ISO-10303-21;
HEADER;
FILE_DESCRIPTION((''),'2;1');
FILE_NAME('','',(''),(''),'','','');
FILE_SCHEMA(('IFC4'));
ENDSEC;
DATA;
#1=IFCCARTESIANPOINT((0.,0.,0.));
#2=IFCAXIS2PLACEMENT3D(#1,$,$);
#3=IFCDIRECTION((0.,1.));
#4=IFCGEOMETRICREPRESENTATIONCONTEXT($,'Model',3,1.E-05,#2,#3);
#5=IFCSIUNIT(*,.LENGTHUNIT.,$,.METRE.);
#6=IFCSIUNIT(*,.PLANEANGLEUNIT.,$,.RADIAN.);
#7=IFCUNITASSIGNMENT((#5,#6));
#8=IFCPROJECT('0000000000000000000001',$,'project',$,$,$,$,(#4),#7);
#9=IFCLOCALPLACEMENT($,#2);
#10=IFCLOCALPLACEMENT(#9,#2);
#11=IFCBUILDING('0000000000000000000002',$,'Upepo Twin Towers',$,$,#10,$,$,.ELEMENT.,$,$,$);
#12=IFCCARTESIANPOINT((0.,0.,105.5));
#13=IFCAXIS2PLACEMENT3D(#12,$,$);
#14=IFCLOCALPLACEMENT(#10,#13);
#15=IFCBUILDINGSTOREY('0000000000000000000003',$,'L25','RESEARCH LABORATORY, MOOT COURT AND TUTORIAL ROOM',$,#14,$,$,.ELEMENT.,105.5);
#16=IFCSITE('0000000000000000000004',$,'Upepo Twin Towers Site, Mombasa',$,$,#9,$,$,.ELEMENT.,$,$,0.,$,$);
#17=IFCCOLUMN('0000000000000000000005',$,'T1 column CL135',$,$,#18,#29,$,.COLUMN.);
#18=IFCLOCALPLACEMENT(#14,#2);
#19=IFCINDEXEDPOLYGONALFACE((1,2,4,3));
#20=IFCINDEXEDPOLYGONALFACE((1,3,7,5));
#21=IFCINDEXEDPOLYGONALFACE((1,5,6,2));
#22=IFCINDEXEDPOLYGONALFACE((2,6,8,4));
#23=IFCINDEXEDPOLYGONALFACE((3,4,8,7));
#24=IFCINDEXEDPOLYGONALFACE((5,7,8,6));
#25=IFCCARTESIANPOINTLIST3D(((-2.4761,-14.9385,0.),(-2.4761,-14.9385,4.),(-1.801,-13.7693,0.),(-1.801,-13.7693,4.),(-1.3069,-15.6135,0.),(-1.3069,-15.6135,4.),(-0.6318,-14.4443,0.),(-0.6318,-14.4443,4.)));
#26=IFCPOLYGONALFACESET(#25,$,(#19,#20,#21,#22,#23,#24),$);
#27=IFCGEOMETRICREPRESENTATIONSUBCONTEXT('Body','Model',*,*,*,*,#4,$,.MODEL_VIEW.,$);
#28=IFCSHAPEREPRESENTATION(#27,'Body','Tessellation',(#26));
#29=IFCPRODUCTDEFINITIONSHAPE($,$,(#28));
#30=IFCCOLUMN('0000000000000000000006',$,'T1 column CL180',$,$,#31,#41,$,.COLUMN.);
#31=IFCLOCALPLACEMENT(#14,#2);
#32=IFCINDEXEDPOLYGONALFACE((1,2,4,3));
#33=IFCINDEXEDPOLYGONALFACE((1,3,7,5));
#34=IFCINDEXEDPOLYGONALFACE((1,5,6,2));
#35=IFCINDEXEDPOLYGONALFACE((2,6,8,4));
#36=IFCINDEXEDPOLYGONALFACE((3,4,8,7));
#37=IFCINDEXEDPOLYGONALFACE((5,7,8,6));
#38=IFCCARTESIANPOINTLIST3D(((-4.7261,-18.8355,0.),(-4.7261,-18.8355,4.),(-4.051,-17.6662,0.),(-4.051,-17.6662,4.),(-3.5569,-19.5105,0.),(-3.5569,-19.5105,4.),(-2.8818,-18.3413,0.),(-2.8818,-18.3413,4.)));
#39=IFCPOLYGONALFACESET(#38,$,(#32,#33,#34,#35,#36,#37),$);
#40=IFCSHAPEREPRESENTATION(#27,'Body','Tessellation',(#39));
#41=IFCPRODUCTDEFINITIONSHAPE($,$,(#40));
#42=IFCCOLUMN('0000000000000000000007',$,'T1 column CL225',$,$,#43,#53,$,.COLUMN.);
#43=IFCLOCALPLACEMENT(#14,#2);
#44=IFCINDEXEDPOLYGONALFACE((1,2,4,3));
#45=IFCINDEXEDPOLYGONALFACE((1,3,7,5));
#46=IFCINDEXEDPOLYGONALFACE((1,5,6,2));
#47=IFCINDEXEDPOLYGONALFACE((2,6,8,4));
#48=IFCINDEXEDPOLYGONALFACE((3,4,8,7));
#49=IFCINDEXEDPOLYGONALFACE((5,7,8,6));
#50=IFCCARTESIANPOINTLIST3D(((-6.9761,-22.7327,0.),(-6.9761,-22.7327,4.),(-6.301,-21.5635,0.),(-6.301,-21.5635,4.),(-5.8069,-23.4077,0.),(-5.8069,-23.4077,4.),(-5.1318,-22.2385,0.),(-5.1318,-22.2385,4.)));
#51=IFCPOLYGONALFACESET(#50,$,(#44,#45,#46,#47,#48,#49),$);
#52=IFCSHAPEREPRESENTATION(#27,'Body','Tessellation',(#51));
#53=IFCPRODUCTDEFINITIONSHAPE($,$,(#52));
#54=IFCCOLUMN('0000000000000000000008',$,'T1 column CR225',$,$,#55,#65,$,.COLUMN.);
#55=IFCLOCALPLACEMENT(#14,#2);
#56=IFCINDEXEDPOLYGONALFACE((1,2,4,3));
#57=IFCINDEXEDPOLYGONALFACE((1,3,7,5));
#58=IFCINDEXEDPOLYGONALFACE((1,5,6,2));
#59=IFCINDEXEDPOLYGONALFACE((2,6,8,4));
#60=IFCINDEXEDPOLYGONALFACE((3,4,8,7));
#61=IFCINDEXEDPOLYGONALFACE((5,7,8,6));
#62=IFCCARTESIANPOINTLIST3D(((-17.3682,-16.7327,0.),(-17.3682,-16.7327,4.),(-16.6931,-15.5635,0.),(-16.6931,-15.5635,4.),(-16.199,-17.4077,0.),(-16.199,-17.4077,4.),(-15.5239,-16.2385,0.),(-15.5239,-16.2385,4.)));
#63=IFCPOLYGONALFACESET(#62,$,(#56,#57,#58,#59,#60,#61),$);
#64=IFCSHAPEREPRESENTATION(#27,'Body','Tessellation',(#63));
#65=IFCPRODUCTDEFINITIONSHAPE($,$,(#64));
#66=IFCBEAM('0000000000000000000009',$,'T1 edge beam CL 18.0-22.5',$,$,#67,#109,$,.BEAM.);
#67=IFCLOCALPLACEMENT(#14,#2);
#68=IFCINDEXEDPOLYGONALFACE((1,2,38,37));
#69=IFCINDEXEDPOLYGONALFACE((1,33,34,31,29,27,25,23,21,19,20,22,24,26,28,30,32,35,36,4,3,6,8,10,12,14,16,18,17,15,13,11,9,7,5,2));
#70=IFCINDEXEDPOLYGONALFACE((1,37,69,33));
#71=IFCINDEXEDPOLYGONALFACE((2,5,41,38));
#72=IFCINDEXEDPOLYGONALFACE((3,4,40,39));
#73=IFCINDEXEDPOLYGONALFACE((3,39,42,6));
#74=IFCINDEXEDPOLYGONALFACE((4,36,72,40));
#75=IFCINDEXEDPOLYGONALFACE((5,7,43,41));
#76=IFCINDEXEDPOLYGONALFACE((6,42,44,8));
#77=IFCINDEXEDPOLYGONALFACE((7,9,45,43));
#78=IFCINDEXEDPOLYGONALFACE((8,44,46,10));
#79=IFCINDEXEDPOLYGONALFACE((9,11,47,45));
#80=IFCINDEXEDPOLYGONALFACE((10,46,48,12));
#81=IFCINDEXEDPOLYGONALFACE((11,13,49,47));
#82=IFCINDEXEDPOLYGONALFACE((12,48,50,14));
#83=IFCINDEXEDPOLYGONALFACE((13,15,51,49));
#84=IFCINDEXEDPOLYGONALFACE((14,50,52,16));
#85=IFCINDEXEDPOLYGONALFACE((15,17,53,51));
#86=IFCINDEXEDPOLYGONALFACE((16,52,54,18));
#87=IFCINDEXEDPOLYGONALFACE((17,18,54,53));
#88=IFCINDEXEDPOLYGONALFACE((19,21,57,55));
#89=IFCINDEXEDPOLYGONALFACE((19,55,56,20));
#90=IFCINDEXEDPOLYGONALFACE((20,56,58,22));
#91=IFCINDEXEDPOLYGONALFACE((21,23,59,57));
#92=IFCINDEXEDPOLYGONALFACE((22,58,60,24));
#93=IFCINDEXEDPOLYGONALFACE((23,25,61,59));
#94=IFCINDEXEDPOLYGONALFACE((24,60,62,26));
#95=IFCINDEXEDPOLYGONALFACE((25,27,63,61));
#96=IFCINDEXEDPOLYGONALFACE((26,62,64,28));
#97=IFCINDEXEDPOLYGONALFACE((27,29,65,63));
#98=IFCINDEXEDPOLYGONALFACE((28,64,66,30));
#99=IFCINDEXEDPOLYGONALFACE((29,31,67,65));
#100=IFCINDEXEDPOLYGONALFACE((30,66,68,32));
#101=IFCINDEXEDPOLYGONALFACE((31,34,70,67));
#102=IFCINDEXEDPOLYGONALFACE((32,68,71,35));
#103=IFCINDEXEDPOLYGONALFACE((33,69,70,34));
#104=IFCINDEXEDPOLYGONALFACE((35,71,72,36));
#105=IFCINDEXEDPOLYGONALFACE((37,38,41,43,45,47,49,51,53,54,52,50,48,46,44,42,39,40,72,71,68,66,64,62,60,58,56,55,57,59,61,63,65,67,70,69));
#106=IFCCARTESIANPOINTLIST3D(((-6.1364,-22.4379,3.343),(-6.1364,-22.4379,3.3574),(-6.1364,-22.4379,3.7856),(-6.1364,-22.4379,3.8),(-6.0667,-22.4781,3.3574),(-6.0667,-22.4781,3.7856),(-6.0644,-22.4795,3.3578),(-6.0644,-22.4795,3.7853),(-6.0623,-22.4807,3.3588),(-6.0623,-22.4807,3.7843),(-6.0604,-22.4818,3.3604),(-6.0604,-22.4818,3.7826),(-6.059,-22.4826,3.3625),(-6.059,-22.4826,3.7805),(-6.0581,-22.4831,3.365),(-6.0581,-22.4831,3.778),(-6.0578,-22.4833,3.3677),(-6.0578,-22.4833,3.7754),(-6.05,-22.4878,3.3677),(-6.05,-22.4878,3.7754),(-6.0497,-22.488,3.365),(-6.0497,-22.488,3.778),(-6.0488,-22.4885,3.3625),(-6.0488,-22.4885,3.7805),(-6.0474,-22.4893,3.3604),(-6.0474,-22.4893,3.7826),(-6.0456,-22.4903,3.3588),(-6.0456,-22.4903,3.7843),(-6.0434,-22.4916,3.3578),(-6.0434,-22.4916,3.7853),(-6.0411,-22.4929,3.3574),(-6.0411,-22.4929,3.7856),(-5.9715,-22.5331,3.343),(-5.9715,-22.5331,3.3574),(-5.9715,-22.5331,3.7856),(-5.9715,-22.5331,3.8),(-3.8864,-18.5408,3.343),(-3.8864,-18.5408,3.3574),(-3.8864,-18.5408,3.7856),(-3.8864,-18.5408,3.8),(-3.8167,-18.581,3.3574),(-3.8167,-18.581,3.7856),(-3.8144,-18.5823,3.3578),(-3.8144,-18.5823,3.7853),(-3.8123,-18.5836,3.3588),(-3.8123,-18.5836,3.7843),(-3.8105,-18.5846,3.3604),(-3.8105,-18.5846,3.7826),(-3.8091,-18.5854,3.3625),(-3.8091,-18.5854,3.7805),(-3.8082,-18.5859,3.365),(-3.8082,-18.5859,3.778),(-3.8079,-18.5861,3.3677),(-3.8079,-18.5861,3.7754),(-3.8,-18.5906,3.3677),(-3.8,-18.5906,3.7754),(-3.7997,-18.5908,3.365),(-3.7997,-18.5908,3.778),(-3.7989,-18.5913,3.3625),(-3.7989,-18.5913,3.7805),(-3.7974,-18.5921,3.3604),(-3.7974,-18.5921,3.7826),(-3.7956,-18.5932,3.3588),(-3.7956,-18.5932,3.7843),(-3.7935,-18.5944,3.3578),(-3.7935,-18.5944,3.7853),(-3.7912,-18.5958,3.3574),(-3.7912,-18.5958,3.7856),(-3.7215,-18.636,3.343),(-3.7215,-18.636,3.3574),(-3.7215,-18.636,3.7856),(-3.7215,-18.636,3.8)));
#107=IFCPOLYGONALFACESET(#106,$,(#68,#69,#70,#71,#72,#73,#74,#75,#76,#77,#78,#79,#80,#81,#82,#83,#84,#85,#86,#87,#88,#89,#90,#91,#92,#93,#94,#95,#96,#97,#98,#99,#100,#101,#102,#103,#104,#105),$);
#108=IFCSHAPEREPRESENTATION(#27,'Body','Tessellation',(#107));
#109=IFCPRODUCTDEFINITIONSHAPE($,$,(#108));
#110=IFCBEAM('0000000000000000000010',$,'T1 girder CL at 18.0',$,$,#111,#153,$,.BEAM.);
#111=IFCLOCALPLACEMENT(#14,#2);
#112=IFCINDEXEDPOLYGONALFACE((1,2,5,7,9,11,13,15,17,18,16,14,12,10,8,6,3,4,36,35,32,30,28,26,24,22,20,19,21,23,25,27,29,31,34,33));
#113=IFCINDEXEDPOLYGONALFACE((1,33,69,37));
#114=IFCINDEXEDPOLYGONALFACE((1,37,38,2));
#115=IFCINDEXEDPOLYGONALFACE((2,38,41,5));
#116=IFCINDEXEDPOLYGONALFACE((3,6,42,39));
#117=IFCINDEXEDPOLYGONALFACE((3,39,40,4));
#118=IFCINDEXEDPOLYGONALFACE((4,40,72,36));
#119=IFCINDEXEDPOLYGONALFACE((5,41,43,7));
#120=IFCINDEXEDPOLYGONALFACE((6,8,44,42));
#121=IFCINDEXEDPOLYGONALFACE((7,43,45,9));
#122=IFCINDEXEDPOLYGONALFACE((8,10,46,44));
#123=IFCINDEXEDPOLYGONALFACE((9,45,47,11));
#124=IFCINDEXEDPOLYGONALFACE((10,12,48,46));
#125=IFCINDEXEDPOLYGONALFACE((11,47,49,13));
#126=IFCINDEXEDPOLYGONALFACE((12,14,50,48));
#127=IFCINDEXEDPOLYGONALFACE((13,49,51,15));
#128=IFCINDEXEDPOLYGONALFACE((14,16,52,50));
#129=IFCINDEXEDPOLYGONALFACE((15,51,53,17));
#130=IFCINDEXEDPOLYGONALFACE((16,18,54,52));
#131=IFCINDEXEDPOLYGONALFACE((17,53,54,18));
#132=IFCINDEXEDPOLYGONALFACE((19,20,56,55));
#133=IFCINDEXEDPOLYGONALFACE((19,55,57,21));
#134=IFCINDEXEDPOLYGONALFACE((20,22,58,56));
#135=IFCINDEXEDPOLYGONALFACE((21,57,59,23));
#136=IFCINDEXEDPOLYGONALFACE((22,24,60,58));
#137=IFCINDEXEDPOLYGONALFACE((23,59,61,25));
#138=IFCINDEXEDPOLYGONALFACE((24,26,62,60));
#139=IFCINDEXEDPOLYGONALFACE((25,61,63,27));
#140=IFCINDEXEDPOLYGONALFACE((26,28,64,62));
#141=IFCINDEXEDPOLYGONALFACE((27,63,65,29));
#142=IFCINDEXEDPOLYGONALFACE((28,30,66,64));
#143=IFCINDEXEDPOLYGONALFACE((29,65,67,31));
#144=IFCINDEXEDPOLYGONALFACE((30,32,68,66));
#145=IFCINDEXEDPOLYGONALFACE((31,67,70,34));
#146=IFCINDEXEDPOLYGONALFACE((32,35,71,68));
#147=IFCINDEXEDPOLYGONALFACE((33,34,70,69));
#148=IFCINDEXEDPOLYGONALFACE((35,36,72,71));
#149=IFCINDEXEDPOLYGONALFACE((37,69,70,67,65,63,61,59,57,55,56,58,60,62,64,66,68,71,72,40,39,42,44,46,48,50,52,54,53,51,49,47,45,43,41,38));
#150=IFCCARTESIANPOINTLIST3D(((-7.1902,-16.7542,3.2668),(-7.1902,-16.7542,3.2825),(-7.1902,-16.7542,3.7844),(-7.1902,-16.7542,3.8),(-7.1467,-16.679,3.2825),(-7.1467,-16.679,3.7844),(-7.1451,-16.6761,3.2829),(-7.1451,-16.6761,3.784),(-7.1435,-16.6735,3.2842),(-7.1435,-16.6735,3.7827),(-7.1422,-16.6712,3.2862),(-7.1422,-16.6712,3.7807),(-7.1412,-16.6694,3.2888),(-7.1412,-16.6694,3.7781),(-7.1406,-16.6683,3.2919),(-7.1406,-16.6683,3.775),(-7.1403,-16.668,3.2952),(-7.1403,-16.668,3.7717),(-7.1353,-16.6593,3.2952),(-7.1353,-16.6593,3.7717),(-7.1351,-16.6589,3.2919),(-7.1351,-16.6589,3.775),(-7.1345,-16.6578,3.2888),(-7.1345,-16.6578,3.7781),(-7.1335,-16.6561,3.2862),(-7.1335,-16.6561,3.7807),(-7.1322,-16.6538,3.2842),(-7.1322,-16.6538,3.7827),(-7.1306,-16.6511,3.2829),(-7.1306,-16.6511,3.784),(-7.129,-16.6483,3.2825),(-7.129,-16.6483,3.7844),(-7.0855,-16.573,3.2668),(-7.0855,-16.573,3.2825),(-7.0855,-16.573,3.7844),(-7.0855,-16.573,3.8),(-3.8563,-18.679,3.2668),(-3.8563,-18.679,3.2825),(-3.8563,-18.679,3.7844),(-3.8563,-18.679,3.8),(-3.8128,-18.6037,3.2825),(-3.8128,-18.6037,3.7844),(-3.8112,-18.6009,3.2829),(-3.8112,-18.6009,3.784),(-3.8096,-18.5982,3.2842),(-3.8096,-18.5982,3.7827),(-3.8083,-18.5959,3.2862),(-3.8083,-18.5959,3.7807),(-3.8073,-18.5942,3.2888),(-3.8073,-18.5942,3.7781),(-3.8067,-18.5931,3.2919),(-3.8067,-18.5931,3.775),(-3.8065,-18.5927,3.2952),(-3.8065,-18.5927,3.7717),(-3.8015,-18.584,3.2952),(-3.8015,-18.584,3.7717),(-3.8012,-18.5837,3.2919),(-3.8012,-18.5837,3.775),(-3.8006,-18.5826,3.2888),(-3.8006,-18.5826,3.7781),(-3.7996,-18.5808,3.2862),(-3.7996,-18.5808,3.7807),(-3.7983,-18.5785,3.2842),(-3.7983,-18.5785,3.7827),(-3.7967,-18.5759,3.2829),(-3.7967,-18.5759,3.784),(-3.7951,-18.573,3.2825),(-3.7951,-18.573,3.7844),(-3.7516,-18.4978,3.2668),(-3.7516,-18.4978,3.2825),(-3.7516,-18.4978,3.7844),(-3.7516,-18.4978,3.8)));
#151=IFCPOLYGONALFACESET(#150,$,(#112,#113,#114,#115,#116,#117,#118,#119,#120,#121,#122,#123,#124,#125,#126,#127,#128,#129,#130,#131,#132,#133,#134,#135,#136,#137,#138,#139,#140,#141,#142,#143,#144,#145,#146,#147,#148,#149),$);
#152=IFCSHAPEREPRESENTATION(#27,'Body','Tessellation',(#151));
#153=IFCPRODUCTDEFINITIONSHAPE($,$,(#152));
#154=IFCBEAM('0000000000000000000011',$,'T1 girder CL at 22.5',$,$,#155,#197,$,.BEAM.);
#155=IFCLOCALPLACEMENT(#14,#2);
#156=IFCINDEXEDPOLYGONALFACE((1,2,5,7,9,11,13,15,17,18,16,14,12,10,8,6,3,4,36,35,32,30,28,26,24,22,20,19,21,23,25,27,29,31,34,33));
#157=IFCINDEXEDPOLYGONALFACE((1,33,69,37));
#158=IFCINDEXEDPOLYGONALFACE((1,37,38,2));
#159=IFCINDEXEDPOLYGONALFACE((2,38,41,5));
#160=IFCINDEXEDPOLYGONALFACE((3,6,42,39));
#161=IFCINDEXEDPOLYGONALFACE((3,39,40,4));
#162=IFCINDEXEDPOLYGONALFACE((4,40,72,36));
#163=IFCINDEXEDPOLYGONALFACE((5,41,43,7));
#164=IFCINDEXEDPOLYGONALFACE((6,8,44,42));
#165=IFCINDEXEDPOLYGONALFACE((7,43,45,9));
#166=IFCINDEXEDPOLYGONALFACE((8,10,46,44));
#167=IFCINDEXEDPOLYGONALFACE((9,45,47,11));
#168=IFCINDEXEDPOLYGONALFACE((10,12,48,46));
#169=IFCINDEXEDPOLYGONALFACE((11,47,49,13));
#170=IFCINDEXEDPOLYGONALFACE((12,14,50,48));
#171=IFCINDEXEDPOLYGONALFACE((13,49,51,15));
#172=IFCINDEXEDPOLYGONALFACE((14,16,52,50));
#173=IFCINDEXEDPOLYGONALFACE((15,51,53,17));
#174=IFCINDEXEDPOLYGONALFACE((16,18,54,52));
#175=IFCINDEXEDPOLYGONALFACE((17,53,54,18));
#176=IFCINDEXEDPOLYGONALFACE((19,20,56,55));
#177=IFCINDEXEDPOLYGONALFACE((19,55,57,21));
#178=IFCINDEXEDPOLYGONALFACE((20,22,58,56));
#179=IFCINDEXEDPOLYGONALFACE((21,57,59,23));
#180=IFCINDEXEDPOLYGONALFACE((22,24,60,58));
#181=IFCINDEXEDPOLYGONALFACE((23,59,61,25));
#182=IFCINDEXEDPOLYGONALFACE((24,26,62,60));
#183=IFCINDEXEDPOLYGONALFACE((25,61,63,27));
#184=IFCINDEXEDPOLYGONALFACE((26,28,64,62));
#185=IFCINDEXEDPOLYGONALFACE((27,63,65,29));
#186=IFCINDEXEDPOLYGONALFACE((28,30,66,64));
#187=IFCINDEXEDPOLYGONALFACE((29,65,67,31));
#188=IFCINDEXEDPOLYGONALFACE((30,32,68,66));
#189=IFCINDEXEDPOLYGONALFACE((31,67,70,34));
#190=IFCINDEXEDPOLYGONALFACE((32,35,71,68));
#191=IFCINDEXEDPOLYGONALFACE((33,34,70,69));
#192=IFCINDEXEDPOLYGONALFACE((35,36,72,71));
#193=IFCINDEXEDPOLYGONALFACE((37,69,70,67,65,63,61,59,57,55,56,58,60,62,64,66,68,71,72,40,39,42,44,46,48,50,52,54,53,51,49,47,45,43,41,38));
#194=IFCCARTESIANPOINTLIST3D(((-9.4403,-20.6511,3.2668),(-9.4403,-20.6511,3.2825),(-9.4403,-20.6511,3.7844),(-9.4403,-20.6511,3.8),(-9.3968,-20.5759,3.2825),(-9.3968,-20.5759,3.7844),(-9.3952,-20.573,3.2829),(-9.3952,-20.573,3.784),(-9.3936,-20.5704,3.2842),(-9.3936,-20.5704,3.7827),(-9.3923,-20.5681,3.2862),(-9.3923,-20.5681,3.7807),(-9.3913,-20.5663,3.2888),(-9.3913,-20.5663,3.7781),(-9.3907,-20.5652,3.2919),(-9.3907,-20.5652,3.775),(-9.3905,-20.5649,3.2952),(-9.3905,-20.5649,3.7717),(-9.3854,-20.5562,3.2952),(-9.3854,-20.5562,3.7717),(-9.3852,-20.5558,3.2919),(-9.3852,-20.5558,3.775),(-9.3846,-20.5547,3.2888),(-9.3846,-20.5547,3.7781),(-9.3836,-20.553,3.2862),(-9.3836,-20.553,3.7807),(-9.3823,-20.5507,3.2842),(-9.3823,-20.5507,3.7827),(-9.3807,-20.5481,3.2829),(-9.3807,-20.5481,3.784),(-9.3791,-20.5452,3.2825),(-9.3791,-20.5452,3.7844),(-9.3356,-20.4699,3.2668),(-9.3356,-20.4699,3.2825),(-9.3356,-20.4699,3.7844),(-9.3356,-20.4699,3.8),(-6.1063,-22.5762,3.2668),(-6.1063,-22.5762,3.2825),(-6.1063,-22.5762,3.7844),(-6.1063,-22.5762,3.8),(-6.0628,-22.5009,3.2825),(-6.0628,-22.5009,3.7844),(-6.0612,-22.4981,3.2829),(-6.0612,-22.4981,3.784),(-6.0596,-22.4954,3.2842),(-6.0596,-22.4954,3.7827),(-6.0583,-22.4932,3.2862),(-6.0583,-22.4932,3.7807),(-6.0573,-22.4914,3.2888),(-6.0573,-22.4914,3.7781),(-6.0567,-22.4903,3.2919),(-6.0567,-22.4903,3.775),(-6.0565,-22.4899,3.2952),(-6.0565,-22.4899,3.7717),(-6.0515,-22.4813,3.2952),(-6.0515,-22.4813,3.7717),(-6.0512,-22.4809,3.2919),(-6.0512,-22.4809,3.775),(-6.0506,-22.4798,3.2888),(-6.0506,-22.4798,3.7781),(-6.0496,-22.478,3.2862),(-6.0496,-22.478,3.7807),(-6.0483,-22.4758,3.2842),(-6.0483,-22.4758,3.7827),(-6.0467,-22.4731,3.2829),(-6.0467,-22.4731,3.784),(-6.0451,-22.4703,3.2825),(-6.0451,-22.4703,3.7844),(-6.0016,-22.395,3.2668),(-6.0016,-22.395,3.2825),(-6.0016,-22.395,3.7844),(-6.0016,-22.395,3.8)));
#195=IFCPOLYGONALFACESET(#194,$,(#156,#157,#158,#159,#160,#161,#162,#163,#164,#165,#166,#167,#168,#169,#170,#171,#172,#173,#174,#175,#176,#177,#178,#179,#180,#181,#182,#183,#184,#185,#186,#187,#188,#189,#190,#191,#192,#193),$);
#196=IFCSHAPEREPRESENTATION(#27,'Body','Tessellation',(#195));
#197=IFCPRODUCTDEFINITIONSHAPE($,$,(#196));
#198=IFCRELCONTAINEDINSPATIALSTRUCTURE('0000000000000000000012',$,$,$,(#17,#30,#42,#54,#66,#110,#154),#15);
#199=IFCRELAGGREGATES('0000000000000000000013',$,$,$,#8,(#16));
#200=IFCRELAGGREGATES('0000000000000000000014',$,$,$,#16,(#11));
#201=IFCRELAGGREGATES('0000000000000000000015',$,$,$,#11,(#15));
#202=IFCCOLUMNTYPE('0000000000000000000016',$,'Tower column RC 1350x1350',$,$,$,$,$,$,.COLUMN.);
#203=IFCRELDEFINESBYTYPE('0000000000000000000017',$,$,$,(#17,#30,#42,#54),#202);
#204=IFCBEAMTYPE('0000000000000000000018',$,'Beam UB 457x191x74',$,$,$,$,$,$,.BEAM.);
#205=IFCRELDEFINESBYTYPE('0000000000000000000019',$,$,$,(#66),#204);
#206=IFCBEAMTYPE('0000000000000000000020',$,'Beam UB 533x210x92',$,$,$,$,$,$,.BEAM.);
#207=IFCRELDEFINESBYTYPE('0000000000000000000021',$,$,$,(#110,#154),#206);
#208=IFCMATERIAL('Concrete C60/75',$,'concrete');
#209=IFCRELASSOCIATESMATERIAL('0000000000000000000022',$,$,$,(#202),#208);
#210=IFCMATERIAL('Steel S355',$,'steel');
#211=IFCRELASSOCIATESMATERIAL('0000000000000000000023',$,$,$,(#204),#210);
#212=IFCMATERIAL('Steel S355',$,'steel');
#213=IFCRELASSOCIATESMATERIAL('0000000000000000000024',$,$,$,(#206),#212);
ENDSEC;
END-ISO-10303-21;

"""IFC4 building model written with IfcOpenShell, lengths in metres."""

from ifc_helpers import new_model, si_unit, direction, frame, origin, origin_2d, place, context, subcontext, project, spatial, rectangle, i_section, extrude, material, material_profile, profile_set, type_object, element, save


model = new_model("IFC4")

# Units and contexts
model_context = context("Model", 3, precision=1e-05, world=origin(), true_north=direction((0.0, 1.0)))
body_context = subcontext(model_context, "Body", "Model", "MODEL_VIEW")
ifc_project = project(units=[si_unit("LENGTHUNIT", "METRE"), si_unit("PLANEANGLEUNIT", "RADIAN")], contexts=[model_context])

# Site, building, storey
site_placement = place(None, origin())
site = spatial("IfcSite", under=ifc_project, at=site_placement, Name="Upepo Twin Towers Site, Mombasa", CompositionType="ELEMENT", RefElevation=0.0)
building_placement = place(site_placement, origin())
building = spatial("IfcBuilding", under=site, at=building_placement, Name="Upepo Twin Towers", CompositionType="ELEMENT")
storey_placement = place(building_placement, frame((0.0, 0.0, 105.5)))
storey = spatial("IfcBuildingStorey", under=building, at=storey_placement, Name="L25", Description="RESEARCH LABORATORY, MOOT COURT AND TUTORIAL ROOM", CompositionType="ELEMENT", Elevation=105.5)

# Columns
ifc_material_1 = material(Name="Concrete C60/75", Category="concrete")
ifc_material_profile_1 = material_profile(ifc_material_1, rectangle(XDim=1.3501, YDim=1.3501, at=origin_2d()), Name="RC 1350x1350")
ifc_profile_set_1 = profile_set([ifc_material_profile_1], Name="Concrete C60/75")
column_type = type_object("IfcColumnType", Name="Tower column RC 1350x1350", PredefinedType="COLUMN", material=ifc_profile_set_1)
for number, where, z_axis, x_axis, name in (
    (1, (-1.554, -14.6914, 0.0), (0.0, 0.0, 1.0), (0.5, 0.866025, 0.0), "T1 column CL135"),
    (2, (-3.804, -18.5884, 0.0), (0.0, 0.0, 1.0), (0.5, 0.866025, 0.0), "T1 column CL180"),
    (3, (-6.054, -22.4856, 0.0), (0.0, 0.0, 1.0), (0.5, 0.866025, 0.0), "T1 column CL225"),
    (4, (-16.446, -16.4856, 0.0), (0.0, 0.0, 1.0), (0.5, 0.866025, 0.0), "T1 column CR225"),
):
    element("IfcColumn", number, at=place(storey_placement, frame(where, z_axis=z_axis, x_axis=x_axis)), inside=storey, type_object=column_type, Name=name, PredefinedType="COLUMN", context=body_context, shape_type="SweptSolid", body=[
        extrude(rectangle(XDim=1.3501, YDim=1.3501, at=origin_2d()), origin(), (0.0, 0.0, 1.0), 4.0),
    ])

# Beams
ifc_material_2 = material(Name="Steel S355", Category="steel")
ifc_material_profile_2 = material_profile(ifc_material_2, i_section(OverallWidth=0.1904, OverallDepth=0.457, WebThickness=0.009, FlangeThickness=0.0144, FilletRadius=0.0103, at=origin_2d()), Name="UB 457x191x74")
ifc_profile_set_2 = profile_set([ifc_material_profile_2], Name="Steel S355")
beam_type_1 = type_object("IfcBeamType", Name="Beam UB 457x191x74", PredefinedType="BEAM", material=ifc_profile_set_2)
beam_1_placement = place(storey_placement, frame((-3.804, -18.5884, 3.5715), z_axis=(-0.49999, -0.866031, 0.0), x_axis=(0.866031, -0.49999, 0.0)))
element("IfcBeam", 5, at=beam_1_placement, inside=storey, type_object=beam_type_1, Name="T1 edge beam CL 18.0-22.5", PredefinedType="BEAM", context=body_context, shape_type="SweptSolid", body=[
    extrude(i_section(OverallWidth=0.1904, OverallDepth=0.457, WebThickness=0.009, FlangeThickness=0.0144, FilletRadius=0.0103, at=origin_2d()), origin(), (0.0, 0.0, 1.0), 4.5),
])
ifc_material_3 = material(Name="Steel S355", Category="steel")
ifc_material_profile_3 = material_profile(ifc_material_3, i_section(OverallWidth=0.2092, OverallDepth=0.5332, WebThickness=0.01, FlangeThickness=0.0156, FilletRadius=0.0127, at=origin_2d()), Name="UB 533x210x92")
ifc_profile_set_3 = profile_set([ifc_material_profile_3], Name="Steel S355")
beam_type_2 = type_object("IfcBeamType", Name="Beam UB 533x210x92", PredefinedType="BEAM", material=ifc_profile_set_3)
beam_2_placement = place(storey_placement, frame((-3.804, -18.5884, 3.5334), z_axis=(-0.866034, 0.499986, 0.0), x_axis=(-0.499986, -0.866034, 0.0)))
element("IfcBeam", 6, at=beam_2_placement, inside=storey, type_object=beam_type_2, Name="T1 girder CL at 18.0", PredefinedType="BEAM", context=body_context, shape_type="SweptSolid", body=[
    extrude(i_section(OverallWidth=0.2092, OverallDepth=0.5332, WebThickness=0.01, FlangeThickness=0.0156, FilletRadius=0.0127, at=origin_2d()), origin(), (0.0, 0.0, 1.0), 3.8496),
])
for number, where, z_axis, x_axis, name in (
    (7, (-6.054, -22.4856, 3.5334), (-0.866006, 0.500034, 0.0), (-0.500034, -0.866006, 0.0), "T1 girder CL at 22.5"),
):
    element("IfcBeam", number, at=place(storey_placement, frame(where, z_axis=z_axis, x_axis=x_axis)), inside=storey, type_object=beam_type_2, Name=name, PredefinedType="BEAM", context=body_context, shape_type="SweptSolid", body=[
        extrude(i_section(OverallWidth=0.2092, OverallDepth=0.5332, WebThickness=0.01, FlangeThickness=0.0156, FilletRadius=0.0127, at=origin_2d()), origin(), (0.0, 0.0, 1.0), 3.8499),
    ])

save(model, "model.ifc")
